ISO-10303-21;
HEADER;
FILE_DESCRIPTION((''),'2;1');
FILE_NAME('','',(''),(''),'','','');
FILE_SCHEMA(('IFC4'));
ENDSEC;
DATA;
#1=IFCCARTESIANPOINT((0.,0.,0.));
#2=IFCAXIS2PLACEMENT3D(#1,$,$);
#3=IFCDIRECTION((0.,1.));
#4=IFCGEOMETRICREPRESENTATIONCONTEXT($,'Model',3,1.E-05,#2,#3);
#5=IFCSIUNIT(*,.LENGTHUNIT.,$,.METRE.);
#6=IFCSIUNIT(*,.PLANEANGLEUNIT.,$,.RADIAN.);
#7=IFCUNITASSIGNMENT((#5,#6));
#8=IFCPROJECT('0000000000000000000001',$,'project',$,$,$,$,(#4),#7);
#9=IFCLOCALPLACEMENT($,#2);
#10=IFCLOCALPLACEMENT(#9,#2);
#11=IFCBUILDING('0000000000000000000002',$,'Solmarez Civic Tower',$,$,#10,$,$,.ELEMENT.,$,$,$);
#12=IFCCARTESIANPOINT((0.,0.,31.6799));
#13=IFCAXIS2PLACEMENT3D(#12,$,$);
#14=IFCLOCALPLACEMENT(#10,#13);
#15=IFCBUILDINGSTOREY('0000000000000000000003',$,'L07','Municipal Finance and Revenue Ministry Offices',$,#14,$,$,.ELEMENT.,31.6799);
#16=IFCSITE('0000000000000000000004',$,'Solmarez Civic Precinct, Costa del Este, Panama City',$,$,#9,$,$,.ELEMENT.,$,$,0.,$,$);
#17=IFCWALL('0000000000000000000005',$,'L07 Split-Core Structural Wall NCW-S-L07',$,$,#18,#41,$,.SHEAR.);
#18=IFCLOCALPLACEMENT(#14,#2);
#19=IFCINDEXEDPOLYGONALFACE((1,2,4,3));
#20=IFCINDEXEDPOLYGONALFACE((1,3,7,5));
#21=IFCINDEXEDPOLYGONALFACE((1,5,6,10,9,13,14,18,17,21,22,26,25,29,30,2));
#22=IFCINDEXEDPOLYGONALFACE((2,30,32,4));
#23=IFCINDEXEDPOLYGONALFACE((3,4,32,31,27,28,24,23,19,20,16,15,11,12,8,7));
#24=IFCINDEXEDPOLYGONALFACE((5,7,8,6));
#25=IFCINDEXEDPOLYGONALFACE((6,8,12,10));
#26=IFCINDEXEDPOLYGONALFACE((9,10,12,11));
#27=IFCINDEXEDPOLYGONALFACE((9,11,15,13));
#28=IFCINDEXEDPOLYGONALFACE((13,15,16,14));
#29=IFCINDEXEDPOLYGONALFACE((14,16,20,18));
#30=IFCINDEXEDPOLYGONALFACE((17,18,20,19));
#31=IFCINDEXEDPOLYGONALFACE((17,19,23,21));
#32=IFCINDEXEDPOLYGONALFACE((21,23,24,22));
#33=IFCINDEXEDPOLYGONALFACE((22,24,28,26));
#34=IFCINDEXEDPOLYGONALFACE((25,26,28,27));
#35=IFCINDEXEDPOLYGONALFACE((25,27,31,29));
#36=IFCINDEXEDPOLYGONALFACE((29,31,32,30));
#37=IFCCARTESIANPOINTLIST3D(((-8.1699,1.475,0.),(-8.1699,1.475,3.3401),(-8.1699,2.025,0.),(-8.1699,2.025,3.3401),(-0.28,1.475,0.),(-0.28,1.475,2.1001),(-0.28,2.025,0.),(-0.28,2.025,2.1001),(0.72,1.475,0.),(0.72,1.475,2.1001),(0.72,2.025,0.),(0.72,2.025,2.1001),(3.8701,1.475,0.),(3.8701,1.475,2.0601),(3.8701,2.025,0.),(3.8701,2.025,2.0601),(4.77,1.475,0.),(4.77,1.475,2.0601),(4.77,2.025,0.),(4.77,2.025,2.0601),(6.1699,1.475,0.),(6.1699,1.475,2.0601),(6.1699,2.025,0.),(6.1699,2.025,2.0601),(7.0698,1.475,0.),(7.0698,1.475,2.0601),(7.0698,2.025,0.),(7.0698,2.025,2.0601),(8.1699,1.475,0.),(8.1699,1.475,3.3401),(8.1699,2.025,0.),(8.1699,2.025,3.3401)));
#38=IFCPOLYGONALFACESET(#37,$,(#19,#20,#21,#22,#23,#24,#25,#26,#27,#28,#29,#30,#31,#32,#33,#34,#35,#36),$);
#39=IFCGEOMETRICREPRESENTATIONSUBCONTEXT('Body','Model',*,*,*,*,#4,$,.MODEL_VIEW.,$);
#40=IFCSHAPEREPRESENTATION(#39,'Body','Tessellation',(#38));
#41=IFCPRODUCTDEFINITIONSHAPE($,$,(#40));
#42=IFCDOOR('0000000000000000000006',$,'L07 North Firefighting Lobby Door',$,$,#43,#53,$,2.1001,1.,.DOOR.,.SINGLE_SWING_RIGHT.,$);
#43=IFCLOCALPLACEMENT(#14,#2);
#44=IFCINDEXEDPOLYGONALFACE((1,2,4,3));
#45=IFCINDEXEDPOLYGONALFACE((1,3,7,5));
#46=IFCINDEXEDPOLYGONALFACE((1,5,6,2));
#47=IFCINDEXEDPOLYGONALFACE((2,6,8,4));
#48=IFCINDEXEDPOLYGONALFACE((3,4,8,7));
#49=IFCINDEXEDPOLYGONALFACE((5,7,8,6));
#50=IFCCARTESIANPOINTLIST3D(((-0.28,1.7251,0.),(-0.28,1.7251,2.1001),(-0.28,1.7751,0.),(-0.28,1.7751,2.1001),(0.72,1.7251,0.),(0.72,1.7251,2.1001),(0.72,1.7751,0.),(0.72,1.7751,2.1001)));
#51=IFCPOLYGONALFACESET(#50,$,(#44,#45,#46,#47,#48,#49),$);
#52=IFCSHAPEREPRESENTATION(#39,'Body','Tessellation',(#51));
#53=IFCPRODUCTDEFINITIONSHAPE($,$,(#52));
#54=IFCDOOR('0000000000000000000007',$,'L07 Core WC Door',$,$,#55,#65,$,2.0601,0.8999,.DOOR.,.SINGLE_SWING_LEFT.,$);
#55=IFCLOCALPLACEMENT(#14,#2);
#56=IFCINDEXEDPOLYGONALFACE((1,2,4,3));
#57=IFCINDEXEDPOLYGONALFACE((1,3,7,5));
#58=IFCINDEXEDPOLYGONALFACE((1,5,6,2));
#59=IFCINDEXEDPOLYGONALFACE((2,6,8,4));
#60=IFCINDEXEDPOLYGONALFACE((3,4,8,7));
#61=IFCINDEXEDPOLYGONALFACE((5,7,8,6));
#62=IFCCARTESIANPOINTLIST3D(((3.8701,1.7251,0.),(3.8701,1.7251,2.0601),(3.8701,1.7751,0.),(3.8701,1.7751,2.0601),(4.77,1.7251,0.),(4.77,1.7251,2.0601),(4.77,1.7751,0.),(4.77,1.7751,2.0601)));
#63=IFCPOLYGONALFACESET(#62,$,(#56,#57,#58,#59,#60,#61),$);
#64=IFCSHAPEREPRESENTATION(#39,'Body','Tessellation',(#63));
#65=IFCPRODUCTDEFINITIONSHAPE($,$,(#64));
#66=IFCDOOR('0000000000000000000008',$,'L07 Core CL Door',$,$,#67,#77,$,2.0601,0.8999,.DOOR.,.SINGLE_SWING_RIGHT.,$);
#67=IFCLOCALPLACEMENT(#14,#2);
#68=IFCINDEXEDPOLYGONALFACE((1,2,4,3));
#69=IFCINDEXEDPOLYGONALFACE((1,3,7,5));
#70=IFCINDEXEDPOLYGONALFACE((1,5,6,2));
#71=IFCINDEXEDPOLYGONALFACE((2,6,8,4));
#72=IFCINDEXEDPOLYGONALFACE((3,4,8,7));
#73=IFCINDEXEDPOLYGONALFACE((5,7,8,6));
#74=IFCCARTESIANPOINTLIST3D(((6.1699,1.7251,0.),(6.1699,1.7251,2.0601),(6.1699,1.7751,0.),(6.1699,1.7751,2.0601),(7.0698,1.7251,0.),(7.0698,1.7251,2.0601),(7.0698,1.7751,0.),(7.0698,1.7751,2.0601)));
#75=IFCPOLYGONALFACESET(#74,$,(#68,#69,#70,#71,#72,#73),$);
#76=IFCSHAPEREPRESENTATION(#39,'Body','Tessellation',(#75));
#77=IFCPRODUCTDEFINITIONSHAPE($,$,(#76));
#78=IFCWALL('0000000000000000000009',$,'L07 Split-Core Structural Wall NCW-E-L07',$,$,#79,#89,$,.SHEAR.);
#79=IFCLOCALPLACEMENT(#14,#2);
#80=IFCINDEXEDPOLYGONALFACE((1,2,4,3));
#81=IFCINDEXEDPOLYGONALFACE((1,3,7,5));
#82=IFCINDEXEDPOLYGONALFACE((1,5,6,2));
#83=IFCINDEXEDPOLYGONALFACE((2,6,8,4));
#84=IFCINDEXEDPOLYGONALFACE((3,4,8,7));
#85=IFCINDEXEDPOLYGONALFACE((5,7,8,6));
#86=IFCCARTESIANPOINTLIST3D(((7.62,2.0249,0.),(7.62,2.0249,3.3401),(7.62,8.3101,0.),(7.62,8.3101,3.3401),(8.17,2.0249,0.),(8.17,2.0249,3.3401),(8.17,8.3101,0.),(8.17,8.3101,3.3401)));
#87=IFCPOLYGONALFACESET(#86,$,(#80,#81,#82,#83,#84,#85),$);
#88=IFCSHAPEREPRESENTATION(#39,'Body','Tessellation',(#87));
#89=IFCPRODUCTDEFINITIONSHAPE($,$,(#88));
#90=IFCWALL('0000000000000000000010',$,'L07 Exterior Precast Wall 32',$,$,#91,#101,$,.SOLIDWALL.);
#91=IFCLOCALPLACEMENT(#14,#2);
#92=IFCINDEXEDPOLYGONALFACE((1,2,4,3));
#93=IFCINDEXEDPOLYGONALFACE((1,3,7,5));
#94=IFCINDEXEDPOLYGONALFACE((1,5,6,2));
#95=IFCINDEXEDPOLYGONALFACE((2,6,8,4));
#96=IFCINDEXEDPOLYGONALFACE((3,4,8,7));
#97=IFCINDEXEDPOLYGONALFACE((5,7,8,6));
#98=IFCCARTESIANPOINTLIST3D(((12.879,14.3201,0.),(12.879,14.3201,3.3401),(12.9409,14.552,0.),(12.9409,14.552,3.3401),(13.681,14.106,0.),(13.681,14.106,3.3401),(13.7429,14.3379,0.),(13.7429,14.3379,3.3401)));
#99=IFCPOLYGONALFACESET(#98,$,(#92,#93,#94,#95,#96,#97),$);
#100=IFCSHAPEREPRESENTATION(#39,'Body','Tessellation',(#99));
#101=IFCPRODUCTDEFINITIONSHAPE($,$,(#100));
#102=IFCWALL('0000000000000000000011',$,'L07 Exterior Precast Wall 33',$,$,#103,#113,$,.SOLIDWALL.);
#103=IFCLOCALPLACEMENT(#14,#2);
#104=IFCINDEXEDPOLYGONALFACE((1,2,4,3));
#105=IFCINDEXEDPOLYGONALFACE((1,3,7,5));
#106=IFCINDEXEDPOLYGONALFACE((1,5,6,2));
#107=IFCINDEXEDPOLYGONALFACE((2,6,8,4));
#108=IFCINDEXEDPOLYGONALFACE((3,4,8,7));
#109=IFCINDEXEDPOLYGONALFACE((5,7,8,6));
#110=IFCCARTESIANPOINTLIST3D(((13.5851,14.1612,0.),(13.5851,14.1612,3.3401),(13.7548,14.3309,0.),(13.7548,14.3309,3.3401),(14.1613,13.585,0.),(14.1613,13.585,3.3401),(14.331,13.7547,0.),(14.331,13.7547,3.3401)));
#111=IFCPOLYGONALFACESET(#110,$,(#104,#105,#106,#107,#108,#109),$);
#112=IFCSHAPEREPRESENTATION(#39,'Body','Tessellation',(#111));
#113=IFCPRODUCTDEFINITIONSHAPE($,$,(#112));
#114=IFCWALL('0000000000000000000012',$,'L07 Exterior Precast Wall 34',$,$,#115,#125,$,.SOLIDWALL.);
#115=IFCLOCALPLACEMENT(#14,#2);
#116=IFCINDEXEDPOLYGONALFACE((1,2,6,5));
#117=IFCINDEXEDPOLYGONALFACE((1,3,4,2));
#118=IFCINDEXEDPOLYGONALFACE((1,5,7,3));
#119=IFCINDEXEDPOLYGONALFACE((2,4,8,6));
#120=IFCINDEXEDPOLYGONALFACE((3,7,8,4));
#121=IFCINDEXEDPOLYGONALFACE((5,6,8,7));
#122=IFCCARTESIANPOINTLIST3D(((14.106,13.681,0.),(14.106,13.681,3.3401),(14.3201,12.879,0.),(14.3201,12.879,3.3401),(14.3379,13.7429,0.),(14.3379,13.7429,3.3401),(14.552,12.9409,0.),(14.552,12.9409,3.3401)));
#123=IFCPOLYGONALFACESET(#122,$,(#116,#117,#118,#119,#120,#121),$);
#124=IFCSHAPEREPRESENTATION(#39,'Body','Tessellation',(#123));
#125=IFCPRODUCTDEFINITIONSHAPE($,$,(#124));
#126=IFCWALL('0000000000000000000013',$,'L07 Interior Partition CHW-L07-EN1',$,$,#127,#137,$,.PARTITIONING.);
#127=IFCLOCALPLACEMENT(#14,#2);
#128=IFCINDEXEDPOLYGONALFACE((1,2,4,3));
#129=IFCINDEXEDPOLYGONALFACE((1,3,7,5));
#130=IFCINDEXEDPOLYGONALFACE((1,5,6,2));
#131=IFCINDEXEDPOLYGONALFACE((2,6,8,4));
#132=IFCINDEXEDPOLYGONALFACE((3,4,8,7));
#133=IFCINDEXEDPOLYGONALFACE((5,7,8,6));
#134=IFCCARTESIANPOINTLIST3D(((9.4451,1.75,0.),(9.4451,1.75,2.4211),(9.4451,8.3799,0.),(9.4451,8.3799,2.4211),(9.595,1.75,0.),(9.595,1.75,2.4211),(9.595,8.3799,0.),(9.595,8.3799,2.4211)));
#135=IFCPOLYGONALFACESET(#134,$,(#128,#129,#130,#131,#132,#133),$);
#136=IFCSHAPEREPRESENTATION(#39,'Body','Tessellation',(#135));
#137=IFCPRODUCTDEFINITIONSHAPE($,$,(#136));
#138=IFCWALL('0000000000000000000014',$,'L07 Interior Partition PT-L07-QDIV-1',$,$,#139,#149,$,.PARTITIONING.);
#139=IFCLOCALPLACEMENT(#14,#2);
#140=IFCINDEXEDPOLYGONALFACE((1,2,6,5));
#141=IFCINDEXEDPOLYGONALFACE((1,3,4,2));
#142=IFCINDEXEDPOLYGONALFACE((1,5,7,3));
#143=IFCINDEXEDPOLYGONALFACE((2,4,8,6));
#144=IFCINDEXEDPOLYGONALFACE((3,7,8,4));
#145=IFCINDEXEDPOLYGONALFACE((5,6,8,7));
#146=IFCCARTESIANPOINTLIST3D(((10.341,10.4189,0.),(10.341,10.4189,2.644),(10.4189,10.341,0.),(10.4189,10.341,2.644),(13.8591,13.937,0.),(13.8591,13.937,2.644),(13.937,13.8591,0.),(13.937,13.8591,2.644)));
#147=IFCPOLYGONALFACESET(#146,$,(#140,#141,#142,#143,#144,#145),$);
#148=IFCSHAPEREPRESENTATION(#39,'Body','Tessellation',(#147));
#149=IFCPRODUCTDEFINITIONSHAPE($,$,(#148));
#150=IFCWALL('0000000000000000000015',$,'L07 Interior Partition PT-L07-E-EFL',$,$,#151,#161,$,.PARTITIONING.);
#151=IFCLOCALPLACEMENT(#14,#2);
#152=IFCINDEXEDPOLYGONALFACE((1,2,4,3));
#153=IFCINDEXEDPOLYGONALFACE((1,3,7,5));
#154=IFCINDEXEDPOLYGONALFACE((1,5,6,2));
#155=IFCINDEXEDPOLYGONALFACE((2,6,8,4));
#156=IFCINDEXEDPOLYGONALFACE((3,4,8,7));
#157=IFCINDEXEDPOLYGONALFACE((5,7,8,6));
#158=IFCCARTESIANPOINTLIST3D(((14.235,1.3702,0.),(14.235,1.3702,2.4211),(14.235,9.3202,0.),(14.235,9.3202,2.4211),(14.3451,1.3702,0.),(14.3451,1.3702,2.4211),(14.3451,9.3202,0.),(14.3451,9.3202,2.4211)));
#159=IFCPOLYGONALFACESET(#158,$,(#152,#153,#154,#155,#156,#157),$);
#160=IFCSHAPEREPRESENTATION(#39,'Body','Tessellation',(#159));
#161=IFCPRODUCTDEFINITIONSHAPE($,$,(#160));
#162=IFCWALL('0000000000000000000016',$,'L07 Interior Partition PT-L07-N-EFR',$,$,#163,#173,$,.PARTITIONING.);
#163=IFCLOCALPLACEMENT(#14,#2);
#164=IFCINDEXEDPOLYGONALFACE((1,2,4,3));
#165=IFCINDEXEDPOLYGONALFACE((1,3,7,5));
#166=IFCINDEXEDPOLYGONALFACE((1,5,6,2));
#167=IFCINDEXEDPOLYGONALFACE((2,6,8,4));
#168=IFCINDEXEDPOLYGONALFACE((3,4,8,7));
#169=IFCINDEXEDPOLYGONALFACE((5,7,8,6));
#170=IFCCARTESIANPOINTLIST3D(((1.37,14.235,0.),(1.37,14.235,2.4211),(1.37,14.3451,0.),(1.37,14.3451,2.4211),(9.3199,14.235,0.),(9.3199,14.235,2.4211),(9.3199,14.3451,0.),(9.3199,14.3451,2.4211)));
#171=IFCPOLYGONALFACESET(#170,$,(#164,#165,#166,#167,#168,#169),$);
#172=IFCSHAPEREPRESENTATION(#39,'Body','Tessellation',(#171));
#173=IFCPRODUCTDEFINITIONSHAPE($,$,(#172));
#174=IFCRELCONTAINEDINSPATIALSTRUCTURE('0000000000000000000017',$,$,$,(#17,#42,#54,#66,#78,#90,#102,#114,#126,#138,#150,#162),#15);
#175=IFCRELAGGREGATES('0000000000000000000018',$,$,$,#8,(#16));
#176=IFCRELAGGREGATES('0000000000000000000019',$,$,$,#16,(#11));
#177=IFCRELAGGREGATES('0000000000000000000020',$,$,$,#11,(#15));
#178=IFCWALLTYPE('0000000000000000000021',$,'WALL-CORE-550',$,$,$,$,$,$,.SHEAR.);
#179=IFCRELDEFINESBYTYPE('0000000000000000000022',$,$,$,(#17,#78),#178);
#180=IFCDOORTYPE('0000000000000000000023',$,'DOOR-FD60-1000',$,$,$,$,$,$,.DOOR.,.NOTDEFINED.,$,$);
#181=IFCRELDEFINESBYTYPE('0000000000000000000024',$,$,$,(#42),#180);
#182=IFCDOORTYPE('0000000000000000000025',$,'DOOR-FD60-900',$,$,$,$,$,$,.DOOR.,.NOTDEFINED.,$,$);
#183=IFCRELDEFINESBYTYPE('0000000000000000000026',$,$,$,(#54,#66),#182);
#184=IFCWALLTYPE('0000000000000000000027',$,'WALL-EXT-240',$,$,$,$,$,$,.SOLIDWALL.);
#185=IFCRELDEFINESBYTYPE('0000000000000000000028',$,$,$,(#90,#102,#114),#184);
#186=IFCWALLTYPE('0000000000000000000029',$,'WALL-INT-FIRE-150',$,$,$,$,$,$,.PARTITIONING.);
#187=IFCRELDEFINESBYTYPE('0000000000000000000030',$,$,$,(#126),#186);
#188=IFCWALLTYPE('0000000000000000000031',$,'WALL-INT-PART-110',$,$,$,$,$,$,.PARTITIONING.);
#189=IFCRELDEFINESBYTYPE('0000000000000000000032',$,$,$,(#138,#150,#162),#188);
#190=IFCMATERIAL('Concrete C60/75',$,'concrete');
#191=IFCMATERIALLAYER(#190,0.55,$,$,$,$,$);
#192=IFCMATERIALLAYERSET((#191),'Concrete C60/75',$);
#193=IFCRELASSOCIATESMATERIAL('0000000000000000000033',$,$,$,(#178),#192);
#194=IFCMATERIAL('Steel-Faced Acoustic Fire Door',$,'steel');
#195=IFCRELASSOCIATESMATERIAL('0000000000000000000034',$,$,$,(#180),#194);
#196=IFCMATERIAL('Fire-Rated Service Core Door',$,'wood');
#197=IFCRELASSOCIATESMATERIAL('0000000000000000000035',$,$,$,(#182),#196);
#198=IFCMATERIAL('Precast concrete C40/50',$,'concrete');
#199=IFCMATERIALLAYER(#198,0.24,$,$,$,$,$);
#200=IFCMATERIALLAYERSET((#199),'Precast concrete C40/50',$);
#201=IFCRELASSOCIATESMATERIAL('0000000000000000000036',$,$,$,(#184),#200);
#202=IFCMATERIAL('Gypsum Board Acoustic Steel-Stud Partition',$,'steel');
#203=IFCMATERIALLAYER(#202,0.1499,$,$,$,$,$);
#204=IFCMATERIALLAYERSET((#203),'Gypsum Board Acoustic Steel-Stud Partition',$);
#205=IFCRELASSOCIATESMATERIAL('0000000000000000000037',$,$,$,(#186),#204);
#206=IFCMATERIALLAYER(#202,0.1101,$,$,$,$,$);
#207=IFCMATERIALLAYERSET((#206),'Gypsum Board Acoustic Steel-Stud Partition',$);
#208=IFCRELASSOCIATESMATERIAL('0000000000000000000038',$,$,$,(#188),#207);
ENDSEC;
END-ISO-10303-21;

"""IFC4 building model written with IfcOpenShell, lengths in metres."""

from ifc_helpers import new_model, si_unit, direction, frame, frame_2d, origin, place, context, subcontext, project, spatial, rectangle, extrude, material, layer, layer_set, type_object, element, fill, save


model = new_model("IFC4")

# Units and contexts
model_context = context("Model", 3, precision=1e-05, world=origin(), true_north=direction((0.0, 1.0)))
body_context = subcontext(model_context, "Body", "Model", "MODEL_VIEW")
ifc_project = project(units=[si_unit("LENGTHUNIT", "METRE"), si_unit("PLANEANGLEUNIT", "RADIAN")], contexts=[model_context])

# Site, building, storey
site_placement = place(None, origin())
site = spatial("IfcSite", under=ifc_project, at=site_placement, Name="Solmarez Civic Precinct, Costa del Este, Panama City", CompositionType="ELEMENT", RefElevation=0.0)
building_placement = place(site_placement, origin())
building = spatial("IfcBuilding", under=site, at=building_placement, Name="Solmarez Civic Tower", CompositionType="ELEMENT")
storey_placement = place(building_placement, frame((0.0, 0.0, 31.6799)))
storey = spatial("IfcBuildingStorey", under=building, at=storey_placement, Name="L07", Description="Municipal Finance and Revenue Ministry Offices", CompositionType="ELEMENT", Elevation=31.6799)

# Shared definitions
ifc_material_1 = material(Name="Concrete C60/75", Category="concrete")

# Wall, openings, doors
ifc_layer_1 = layer(ifc_material_1, 0.55)
ifc_layer_set_1 = layer_set([ifc_layer_1], Name="Concrete C60/75")
wall_type_1 = type_object("IfcWallType", Name="WALL-CORE-550", PredefinedType="SHEAR", material=ifc_layer_set_1)
wall_1_placement = place(storey_placement, frame((8.1699, 1.75, 0.0), z_axis=(0.0, 0.0, 1.0), x_axis=(-1.0, 0.0, 0.0)))
wall_1 = element("IfcWall", 1, at=wall_1_placement, inside=storey, type_object=wall_type_1, Name="L07 Split-Core Structural Wall NCW-S-L07", PredefinedType="SHEAR", context=body_context, shape_type="SweptSolid", body=[
    extrude(rectangle(XDim=16.3398, YDim=0.55, at=frame_2d((8.1699, 0.0))), origin(), (0.0, 0.0, 1.0), 3.3401),
])
opening_1_placement = place(wall_1_placement, frame((7.45, 0.0, 0.0)))
opening_1 = element("IfcOpeningElement", 2, at=opening_1_placement, cuts=wall_1, PredefinedType="OPENING", context=body_context, shape_type="SweptSolid", body=[
    extrude(rectangle(XDim=1.0, YDim=2.1001, at=frame_2d((0.5, 1.05))), frame((0.0, 0.2849, 0.0), z_axis=(0.0, -1.0, 0.0), x_axis=(1.0, 0.0, 0.0)), (0.0, 0.0, 1.0), 0.5701),
])
opening_2_placement = place(wall_1_placement, frame((3.3999, 0.0, 0.0)))
opening_2 = element("IfcOpeningElement", 3, at=opening_2_placement, cuts=wall_1, PredefinedType="OPENING", context=body_context, shape_type="SweptSolid", body=[
    extrude(rectangle(XDim=0.8999, YDim=2.0601, at=frame_2d((0.45, 1.03))), frame((0.0, 0.2849, 0.0), z_axis=(0.0, -1.0, 0.0), x_axis=(1.0, 0.0, 0.0)), (0.0, 0.0, 1.0), 0.5701),
])
opening_3_placement = place(wall_1_placement, frame((1.1001, 0.0, 0.0)))
opening_3 = element("IfcOpeningElement", 4, at=opening_3_placement, cuts=wall_1, PredefinedType="OPENING", context=body_context, shape_type="SweptSolid", body=[
    extrude(rectangle(XDim=0.8999, YDim=2.0601, at=frame_2d((0.45, 1.03))), frame((0.0, 0.2849, 0.0), z_axis=(0.0, -1.0, 0.0), x_axis=(1.0, 0.0, 0.0)), (0.0, 0.0, 1.0), 0.5701),
])
ifc_material_2 = material(Name="Steel-Faced Acoustic Fire Door", Category="steel")
door_type_1 = type_object("IfcDoorType", Name="DOOR-FD60-1000", OperationType="NOTDEFINED", PredefinedType="DOOR", material=ifc_material_2)
door_1_placement = place(opening_1_placement, origin())
door_1 = element("IfcDoor", 5, at=door_1_placement, inside=storey, type_object=door_type_1, Name="L07 North Firefighting Lobby Door", OperationType="SINGLE_SWING_RIGHT", OverallHeight=2.1001, OverallWidth=1.0, PredefinedType="DOOR", context=body_context, shape_type="SweptSolid", body=[
    extrude(rectangle(XDim=1.0, YDim=2.1001, at=frame_2d((0.5, 1.05))), frame((0.0, 0.0249, 0.0), z_axis=(0.0, -1.0, 0.0), x_axis=(1.0, 0.0, 0.0)), (0.0, 0.0, 1.0), 0.05),
])
fill(opening_1, door_1)
ifc_material_3 = material(Name="Fire-Rated Service Core Door", Category="wood")
door_type_2 = type_object("IfcDoorType", Name="DOOR-FD60-900", OperationType="NOTDEFINED", PredefinedType="DOOR", material=ifc_material_3)
door_2_placement = place(opening_2_placement, origin())
door_2 = element("IfcDoor", 6, at=door_2_placement, inside=storey, type_object=door_type_2, Name="L07 Core WC Door", OperationType="SINGLE_SWING_LEFT", OverallHeight=2.0601, OverallWidth=0.8999, PredefinedType="DOOR", context=body_context, shape_type="SweptSolid", body=[
    extrude(rectangle(XDim=0.8999, YDim=2.0601, at=frame_2d((0.45, 1.03))), frame((0.0, 0.0249, 0.0), z_axis=(0.0, -1.0, 0.0), x_axis=(1.0, 0.0, 0.0)), (0.0, 0.0, 1.0), 0.05),
])
fill(opening_2, door_2)
door_3_placement = place(opening_3_placement, origin())
door_3 = element("IfcDoor", 7, at=door_3_placement, inside=storey, type_object=door_type_2, Name="L07 Core CL Door", OperationType="SINGLE_SWING_RIGHT", OverallHeight=2.0601, OverallWidth=0.8999, PredefinedType="DOOR", context=body_context, shape_type="SweptSolid", body=[
    extrude(rectangle(XDim=0.8999, YDim=2.0601, at=frame_2d((0.45, 1.03))), frame((0.0, 0.0249, 0.0), z_axis=(0.0, -1.0, 0.0), x_axis=(1.0, 0.0, 0.0)), (0.0, 0.0, 1.0), 0.05),
])
fill(opening_3, door_3)

# Walls
wall_2_placement = place(storey_placement, frame((7.895, 8.3101, 0.0), z_axis=(0.0, 0.0, 1.0), x_axis=(0.0, -1.0, 0.0)))
element("IfcWall", 8, at=wall_2_placement, inside=storey, type_object=wall_type_1, Name="L07 Split-Core Structural Wall NCW-E-L07", PredefinedType="SHEAR", context=body_context, shape_type="SweptSolid", body=[
    extrude(rectangle(XDim=6.2852, YDim=0.55, at=frame_2d((3.1426, 0.0))), origin(), (0.0, 0.0, 1.0), 3.3401),
])
ifc_material_4 = material(Name="Precast concrete C40/50", Category="concrete")
ifc_layer_2 = layer(ifc_material_4, 0.24)
ifc_layer_set_2 = layer_set([ifc_layer_2], Name="Precast concrete C40/50")
wall_type_2 = type_object("IfcWallType", Name="WALL-EXT-240", PredefinedType="SOLIDWALL", material=ifc_layer_set_2)
wall_3_placement = place(storey_placement, frame((12.9099, 14.436, 0.0), z_axis=(0.0, 0.0, 1.0), x_axis=(0.966162, -0.257937, 0.0)))
element("IfcWall", 9, at=wall_3_placement, inside=storey, type_object=wall_type_2, Name="L07 Exterior Precast Wall 32", PredefinedType="SOLIDWALL", context=body_context, shape_type="SweptSolid", body=[
    extrude(rectangle(XDim=0.8301, YDim=0.24, at=frame_2d((0.415, 0.0))), origin(), (0.0, 0.0, 1.0), 3.3401),
])
wall_4_placement = place(storey_placement, frame((13.6699, 14.2461, 0.0), z_axis=(0.0, 0.0, 1.0), x_axis=(0.707107, -0.707107, 0.0)))
element("IfcWall", 10, at=wall_4_placement, inside=storey, type_object=wall_type_2, Name="L07 Exterior Precast Wall 33", PredefinedType="SOLIDWALL", context=body_context, shape_type="SweptSolid", body=[
    extrude(rectangle(XDim=0.8149, YDim=0.24, at=frame_2d((0.4075, 0.0))), origin(), (0.0, 0.0, 1.0), 3.3401),
])
wall_5_placement = place(storey_placement, frame((14.2219, 13.7119, 0.0), z_axis=(0.0, 0.0, 1.0), x_axis=(0.257937, -0.966162, 0.0)))
element("IfcWall", 11, at=wall_5_placement, inside=storey, type_object=wall_type_2, Name="L07 Exterior Precast Wall 34", PredefinedType="SOLIDWALL", context=body_context, shape_type="SweptSolid", body=[
    extrude(rectangle(XDim=0.8301, YDim=0.24, at=frame_2d((0.415, 0.0))), origin(), (0.0, 0.0, 1.0), 3.3401),
])
ifc_material_5 = material(Name="Gypsum Board Acoustic Steel-Stud Partition", Category="steel")
ifc_layer_3 = layer(ifc_material_5, 0.1499)
ifc_layer_set_3 = layer_set([ifc_layer_3], Name="Gypsum Board Acoustic Steel-Stud Partition")
wall_type_3 = type_object("IfcWallType", Name="WALL-INT-FIRE-150", PredefinedType="PARTITIONING", material=ifc_layer_set_3)
wall_6_placement = place(storey_placement, frame((9.52, 1.75, 0.0), z_axis=(0.0, 0.0, 1.0), x_axis=(0.0, 1.0, 0.0)))
element("IfcWall", 12, at=wall_6_placement, inside=storey, type_object=wall_type_3, Name="L07 Interior Partition CHW-L07-EN1", PredefinedType="PARTITIONING", context=body_context, shape_type="SweptSolid", body=[
    extrude(rectangle(XDim=6.6299, YDim=0.1499, at=frame_2d((3.3149, 0.0))), origin(), (0.0, 0.0, 1.0), 2.4211),
])
ifc_layer_4 = layer(ifc_material_5, 0.1101)
ifc_layer_set_4 = layer_set([ifc_layer_4], Name="Gypsum Board Acoustic Steel-Stud Partition")
wall_type_4 = type_object("IfcWallType", Name="WALL-INT-PART-110", PredefinedType="PARTITIONING", material=ifc_layer_set_4)
wall_7_placement = place(storey_placement, frame((10.3799, 10.3799, 0.0), z_axis=(0.0, 0.0, 1.0), x_axis=(0.707107, 0.707107, 0.0)))
element("IfcWall", 13, at=wall_7_placement, inside=storey, type_object=wall_type_4, Name="L07 Interior Partition PT-L07-QDIV-1", PredefinedType="PARTITIONING", context=body_context, shape_type="SweptSolid", body=[
    extrude(rectangle(XDim=4.9753, YDim=0.1101, at=frame_2d((2.4878, 0.0))), origin(), (0.0, 0.0, 1.0), 2.644),
])
for number, where, z_axis, x_axis, name in (
    (14, (14.29, 1.3701, 0.0), (0.0, 0.0, 1.0), (0.0, 1.0, 0.0), "L07 Interior Partition PT-L07-E-EFL"),
    (15, (9.3201, 14.29, 0.0), (0.0, 0.0, 1.0), (-1.0, 0.0, 0.0), "L07 Interior Partition PT-L07-N-EFR"),
):
    element("IfcWall", number, at=place(storey_placement, frame(where, z_axis=z_axis, x_axis=x_axis)), inside=storey, type_object=wall_type_4, Name=name, PredefinedType="PARTITIONING", context=body_context, shape_type="SweptSolid", body=[
        extrude(rectangle(XDim=7.95, YDim=0.1101, at=frame_2d((3.9751, 0.0))), origin(), (0.0, 0.0, 1.0), 2.4211),
    ])

save(model, "model.ifc")
